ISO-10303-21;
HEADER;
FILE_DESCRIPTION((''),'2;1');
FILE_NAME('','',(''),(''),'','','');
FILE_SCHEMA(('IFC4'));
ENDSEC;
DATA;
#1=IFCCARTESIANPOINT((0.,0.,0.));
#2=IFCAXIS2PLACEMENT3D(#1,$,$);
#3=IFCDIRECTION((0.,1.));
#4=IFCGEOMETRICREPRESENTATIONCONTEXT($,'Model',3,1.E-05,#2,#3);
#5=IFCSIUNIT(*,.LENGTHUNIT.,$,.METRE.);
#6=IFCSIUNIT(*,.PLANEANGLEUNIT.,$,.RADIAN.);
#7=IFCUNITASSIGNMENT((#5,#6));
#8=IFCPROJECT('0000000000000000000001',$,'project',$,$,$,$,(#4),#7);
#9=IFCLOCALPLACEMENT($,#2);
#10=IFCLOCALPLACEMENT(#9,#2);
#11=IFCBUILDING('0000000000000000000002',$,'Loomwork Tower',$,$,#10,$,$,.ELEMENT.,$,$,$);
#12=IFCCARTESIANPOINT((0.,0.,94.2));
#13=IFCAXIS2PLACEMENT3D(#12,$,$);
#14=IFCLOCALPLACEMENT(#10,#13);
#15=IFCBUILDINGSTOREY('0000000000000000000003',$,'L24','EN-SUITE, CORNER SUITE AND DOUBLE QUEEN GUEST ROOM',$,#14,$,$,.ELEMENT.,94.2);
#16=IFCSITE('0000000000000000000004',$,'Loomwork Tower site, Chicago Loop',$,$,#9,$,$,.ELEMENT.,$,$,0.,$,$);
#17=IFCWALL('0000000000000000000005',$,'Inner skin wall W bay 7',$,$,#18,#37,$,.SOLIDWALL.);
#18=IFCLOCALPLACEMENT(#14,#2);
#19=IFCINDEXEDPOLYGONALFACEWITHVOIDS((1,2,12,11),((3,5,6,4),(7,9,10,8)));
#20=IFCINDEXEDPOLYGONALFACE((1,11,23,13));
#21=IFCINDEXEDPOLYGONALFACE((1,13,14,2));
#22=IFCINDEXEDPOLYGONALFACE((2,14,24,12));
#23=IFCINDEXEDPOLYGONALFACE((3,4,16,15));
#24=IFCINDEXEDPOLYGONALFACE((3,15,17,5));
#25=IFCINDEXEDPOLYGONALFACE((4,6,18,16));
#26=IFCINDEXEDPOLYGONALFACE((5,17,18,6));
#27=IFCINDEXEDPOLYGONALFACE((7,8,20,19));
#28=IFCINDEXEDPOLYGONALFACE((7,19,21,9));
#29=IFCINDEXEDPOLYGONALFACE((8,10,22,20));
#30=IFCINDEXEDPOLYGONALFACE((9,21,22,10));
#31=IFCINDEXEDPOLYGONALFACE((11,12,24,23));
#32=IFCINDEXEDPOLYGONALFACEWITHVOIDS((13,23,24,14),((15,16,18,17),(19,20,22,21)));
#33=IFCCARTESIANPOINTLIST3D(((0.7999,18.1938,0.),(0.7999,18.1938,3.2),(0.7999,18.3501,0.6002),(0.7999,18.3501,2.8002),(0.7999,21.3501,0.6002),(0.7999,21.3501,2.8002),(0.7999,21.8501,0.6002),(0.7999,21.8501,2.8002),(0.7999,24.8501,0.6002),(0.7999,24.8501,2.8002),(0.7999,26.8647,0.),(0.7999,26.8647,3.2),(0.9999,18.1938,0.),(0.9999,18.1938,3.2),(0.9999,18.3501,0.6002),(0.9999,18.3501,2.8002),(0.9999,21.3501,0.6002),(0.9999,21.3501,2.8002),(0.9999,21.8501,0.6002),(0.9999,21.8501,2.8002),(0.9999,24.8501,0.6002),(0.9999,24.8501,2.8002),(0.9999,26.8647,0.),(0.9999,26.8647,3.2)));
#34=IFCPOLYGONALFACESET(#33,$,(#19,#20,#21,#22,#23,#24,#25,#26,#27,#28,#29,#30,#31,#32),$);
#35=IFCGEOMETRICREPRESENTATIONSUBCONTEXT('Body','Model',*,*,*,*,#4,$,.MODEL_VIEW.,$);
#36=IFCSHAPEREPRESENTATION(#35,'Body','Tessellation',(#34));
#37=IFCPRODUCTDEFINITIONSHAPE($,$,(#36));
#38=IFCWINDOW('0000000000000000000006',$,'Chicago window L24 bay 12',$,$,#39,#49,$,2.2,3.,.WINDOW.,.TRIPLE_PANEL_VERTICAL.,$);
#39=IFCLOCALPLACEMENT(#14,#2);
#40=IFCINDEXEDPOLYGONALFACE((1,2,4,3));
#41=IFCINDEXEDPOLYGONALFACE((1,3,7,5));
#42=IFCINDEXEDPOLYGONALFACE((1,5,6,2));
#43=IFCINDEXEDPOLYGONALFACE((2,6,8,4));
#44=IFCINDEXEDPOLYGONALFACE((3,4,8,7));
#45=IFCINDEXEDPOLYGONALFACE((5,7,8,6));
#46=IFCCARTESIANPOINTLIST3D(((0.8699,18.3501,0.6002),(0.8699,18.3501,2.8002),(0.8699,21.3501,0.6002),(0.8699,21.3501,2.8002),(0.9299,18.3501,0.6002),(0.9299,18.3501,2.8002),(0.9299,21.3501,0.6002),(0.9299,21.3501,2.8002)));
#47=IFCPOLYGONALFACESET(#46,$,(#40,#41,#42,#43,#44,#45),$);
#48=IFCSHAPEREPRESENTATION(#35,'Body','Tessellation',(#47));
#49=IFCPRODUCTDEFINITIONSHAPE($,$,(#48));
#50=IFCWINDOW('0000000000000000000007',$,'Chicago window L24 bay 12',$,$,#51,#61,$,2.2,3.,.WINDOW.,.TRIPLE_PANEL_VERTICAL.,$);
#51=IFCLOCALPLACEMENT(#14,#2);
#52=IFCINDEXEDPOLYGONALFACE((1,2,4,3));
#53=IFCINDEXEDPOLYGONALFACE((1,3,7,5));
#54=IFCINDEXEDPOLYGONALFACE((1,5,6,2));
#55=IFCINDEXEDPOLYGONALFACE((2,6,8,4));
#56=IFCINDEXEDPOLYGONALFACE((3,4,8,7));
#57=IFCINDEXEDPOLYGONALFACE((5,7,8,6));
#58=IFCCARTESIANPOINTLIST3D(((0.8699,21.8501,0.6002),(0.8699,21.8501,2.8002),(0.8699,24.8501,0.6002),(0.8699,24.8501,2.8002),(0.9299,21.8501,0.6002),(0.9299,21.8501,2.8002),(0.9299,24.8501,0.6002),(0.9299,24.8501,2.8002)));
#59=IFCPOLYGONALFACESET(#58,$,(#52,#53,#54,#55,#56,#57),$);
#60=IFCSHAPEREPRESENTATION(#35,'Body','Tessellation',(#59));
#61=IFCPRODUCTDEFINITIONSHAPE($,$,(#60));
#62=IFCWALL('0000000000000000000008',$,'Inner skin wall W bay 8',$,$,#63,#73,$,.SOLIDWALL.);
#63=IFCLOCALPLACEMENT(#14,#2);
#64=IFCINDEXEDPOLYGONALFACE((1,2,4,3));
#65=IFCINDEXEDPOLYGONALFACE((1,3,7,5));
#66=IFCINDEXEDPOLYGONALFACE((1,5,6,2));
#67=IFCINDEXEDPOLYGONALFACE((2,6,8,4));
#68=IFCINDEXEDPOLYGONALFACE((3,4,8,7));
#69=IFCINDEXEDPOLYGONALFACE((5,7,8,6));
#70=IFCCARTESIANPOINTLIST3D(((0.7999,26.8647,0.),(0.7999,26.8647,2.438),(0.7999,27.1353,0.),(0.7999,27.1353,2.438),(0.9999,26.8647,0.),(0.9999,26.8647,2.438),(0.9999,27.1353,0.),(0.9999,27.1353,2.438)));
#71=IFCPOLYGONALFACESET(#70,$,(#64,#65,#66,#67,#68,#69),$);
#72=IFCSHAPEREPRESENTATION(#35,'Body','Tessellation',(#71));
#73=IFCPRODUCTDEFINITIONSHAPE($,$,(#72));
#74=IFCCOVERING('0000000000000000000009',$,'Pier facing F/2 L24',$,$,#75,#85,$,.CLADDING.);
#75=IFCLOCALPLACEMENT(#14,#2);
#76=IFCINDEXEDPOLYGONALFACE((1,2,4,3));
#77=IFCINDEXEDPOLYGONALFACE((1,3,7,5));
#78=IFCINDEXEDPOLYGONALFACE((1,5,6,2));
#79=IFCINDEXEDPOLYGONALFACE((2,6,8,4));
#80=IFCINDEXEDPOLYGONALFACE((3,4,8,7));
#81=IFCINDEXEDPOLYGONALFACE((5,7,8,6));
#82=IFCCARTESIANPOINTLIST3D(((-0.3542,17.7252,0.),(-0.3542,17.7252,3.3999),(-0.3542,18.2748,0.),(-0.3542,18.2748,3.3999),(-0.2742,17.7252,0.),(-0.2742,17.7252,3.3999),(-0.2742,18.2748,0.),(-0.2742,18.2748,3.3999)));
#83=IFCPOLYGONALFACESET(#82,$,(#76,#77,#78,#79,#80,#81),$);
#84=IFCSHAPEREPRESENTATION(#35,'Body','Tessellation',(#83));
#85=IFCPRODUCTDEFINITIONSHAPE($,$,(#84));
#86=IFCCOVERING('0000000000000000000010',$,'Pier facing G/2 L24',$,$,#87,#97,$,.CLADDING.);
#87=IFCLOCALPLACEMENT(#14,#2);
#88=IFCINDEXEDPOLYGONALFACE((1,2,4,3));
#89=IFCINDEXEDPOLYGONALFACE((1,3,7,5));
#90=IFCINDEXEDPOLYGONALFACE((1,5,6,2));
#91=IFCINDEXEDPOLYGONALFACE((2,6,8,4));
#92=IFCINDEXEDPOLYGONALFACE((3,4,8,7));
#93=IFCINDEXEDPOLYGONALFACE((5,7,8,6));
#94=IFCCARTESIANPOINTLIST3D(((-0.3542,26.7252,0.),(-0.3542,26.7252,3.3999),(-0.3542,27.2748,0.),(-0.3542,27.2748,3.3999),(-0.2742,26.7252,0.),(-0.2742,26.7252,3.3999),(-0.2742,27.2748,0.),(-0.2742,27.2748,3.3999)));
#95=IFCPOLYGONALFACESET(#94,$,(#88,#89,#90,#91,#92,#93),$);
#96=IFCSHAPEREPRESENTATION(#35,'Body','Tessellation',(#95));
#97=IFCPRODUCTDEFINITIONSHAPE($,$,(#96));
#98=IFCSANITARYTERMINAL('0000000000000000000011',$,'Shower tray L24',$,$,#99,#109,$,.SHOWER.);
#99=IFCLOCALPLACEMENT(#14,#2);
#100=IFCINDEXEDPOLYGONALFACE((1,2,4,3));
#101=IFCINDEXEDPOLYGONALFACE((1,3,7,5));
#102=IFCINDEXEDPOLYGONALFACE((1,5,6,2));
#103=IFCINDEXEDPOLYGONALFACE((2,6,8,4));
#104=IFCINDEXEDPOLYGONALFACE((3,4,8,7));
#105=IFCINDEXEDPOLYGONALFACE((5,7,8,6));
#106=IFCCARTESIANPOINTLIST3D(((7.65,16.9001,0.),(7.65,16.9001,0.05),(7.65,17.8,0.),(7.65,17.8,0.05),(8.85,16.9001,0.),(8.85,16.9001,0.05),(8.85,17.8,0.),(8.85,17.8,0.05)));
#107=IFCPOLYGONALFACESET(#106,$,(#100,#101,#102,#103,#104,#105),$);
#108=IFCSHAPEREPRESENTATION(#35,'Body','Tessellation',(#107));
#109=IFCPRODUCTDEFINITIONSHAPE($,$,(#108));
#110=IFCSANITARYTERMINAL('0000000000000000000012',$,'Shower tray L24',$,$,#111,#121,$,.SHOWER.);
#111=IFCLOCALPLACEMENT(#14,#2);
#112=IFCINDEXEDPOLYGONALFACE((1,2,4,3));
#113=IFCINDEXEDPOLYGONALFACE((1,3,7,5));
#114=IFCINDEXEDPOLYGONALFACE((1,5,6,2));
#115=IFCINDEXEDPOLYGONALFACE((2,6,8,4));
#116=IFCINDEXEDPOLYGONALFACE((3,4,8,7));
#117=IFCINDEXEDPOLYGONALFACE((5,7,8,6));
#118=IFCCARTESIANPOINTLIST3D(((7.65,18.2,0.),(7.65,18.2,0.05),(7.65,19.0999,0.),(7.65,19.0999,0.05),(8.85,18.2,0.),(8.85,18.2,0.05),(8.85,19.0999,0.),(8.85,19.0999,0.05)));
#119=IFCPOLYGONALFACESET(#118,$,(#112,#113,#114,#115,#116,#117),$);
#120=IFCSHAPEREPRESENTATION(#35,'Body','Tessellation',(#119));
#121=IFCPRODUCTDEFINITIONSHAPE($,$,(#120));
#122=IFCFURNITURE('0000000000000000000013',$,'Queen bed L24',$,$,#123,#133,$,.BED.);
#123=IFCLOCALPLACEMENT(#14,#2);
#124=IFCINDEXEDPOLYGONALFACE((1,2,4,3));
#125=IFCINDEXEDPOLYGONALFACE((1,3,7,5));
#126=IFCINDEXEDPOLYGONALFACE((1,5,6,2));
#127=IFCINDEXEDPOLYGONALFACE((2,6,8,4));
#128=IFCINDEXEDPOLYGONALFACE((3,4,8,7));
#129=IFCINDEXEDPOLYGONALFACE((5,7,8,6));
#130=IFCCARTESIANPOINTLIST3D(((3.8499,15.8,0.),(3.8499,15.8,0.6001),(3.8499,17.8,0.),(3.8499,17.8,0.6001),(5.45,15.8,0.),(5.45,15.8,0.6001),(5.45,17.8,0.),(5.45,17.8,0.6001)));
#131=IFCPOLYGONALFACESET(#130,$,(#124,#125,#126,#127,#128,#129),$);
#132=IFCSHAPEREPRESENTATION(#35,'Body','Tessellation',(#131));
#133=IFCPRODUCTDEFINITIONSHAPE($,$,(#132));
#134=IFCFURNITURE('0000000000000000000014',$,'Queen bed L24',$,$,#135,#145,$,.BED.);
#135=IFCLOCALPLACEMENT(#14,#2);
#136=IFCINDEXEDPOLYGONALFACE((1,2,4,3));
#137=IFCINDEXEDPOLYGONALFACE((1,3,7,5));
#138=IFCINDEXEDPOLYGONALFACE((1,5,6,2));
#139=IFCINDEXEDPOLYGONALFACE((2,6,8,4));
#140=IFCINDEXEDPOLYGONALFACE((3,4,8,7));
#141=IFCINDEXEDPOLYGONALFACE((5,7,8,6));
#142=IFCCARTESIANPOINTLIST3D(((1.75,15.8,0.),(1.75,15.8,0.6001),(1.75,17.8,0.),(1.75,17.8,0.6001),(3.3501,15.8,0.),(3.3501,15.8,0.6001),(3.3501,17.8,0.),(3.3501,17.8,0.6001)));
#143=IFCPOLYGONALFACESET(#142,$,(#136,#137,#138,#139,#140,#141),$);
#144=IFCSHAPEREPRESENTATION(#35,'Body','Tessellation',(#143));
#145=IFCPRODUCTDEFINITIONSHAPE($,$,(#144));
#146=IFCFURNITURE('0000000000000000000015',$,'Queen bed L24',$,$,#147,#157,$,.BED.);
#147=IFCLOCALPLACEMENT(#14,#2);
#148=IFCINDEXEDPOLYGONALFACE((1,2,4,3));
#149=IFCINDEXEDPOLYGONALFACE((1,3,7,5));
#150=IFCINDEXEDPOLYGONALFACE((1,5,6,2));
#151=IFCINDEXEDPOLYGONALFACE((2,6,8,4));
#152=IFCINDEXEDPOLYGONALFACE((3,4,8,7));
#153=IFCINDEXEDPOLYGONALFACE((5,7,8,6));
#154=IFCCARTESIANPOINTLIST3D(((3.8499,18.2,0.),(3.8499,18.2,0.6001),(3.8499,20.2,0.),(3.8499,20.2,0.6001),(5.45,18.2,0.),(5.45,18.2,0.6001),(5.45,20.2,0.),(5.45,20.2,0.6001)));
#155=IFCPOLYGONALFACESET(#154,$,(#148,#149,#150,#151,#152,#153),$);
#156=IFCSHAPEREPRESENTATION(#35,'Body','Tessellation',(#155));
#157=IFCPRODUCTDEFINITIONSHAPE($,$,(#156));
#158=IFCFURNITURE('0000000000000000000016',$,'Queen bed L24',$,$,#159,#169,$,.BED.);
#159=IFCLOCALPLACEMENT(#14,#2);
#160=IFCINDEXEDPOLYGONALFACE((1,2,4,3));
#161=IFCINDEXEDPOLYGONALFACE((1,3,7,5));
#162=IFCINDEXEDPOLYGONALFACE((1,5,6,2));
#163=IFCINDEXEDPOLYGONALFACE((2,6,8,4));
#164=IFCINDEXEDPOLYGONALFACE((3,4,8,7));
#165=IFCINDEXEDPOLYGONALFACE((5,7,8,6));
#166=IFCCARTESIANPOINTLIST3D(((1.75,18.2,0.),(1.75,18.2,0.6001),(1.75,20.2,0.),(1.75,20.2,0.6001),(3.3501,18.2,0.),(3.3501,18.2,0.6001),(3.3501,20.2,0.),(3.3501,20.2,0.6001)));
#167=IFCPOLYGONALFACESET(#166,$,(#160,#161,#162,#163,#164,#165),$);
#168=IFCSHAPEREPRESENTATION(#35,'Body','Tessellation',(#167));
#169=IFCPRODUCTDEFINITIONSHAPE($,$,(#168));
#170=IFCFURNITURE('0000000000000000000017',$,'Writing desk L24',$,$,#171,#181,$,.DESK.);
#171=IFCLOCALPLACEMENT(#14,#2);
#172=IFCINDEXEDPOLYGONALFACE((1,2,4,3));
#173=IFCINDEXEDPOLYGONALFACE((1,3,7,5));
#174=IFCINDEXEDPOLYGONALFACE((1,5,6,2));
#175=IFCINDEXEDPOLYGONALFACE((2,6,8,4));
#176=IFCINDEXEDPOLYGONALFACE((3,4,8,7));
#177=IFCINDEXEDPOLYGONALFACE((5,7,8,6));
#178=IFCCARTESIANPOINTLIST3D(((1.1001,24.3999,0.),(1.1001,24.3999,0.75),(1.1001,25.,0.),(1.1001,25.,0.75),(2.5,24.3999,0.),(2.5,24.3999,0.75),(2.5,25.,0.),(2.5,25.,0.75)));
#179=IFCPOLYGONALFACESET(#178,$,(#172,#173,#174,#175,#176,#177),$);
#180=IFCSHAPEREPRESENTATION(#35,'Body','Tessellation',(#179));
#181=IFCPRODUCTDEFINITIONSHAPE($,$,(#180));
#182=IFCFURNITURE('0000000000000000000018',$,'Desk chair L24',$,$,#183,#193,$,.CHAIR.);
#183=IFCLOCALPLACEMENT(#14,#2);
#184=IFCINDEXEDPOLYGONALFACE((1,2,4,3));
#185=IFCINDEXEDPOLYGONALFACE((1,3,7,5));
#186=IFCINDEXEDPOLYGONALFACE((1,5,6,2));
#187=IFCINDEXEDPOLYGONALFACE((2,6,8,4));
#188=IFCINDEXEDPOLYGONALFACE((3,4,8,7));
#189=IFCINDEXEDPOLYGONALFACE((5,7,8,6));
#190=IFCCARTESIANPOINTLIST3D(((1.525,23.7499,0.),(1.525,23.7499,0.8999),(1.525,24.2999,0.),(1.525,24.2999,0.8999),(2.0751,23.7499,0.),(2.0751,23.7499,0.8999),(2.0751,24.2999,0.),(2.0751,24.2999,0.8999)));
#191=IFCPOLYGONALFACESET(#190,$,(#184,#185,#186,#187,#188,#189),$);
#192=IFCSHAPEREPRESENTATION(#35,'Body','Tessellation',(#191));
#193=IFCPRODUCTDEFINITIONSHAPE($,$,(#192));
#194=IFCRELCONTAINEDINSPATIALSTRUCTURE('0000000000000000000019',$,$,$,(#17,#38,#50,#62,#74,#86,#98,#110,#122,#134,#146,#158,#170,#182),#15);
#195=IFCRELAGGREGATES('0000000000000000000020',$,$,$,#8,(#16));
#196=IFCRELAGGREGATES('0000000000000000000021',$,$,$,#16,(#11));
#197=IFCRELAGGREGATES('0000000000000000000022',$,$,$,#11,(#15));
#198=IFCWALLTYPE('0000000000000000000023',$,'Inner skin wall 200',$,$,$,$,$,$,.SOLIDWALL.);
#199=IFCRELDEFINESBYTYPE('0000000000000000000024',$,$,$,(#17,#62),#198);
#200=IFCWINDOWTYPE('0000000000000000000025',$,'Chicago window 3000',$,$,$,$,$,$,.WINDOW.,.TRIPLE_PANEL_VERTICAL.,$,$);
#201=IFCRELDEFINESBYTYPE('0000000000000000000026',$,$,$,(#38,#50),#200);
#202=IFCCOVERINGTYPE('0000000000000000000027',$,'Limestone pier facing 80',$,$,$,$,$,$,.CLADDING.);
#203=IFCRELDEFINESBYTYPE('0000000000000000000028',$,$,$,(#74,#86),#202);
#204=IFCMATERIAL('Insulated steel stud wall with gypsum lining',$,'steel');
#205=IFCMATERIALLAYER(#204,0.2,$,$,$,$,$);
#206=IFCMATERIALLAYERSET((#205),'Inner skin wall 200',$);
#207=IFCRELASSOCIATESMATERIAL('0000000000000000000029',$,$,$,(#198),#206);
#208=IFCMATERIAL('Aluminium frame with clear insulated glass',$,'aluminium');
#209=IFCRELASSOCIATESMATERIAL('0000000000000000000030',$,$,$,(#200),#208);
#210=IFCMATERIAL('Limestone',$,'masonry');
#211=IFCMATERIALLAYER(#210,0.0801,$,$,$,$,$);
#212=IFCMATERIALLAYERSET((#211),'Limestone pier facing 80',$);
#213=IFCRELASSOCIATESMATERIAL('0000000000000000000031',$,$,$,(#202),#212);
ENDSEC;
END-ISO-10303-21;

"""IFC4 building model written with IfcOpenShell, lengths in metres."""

from ifc_helpers import new_model, si_unit, direction, frame, frame_2d, origin, origin_2d, place, context, subcontext, project, spatial, rectangle, extrude, material, layer, layer_set, type_object, element, fill, save


model = new_model("IFC4")

# Units and contexts
model_context = context("Model", 3, precision=1e-05, world=origin(), true_north=direction((0.0, 1.0)))
body_context = subcontext(model_context, "Body", "Model", "MODEL_VIEW")
ifc_project = project(units=[si_unit("LENGTHUNIT", "METRE"), si_unit("PLANEANGLEUNIT", "RADIAN")], contexts=[model_context])

# Site, building, storey
site_placement = place(None, origin())
site = spatial("IfcSite", under=ifc_project, at=site_placement, Name="Loomwork Tower site, Chicago Loop", CompositionType="ELEMENT", RefElevation=0.0)
building_placement = place(site_placement, origin())
building = spatial("IfcBuilding", under=site, at=building_placement, Name="Loomwork Tower", CompositionType="ELEMENT")
storey_placement = place(building_placement, frame((0.0, 0.0, 94.2)))
storey = spatial("IfcBuildingStorey", under=building, at=storey_placement, Name="L24", Description="EN-SUITE, CORNER SUITE AND DOUBLE QUEEN GUEST ROOM", CompositionType="ELEMENT", Elevation=94.2)

# Shared definitions
ifc_material_1 = material(Name="Insulated steel stud wall with gypsum lining", Category="steel")
ifc_layer_1 = layer(ifc_material_1, 0.2)
ifc_layer_set_1 = layer_set([ifc_layer_1], Name="Inner skin wall 200")
wall_type_1 = type_object("IfcWallType", Name="Inner skin wall 200", PredefinedType="SOLIDWALL", material=ifc_layer_set_1)

# Wall, openings, windows
wall_1_placement = place(storey_placement, frame((0.8999, 18.1938, 0.0), z_axis=(0.0, 0.0, 1.0), x_axis=(0.0, 1.0, 0.0)))
wall_1 = element("IfcWall", 1, at=wall_1_placement, inside=storey, type_object=wall_type_1, Name="Inner skin wall W bay 7", PredefinedType="SOLIDWALL", context=body_context, shape_type="SweptSolid", body=[
    extrude(rectangle(XDim=8.6709, YDim=0.2, at=frame_2d((4.3354, 0.0))), origin(), (0.0, 0.0, 1.0), 3.2),
])
opening_1_placement = place(wall_1_placement, frame((0.1562, 0.0, 0.6001)))
opening_1 = element("IfcOpeningElement", 2, at=opening_1_placement, cuts=wall_1, PredefinedType="OPENING", context=body_context, shape_type="SweptSolid", body=[
    extrude(rectangle(XDim=3.0, YDim=2.2, at=frame_2d((1.5, 1.1001))), frame((0.0, 0.1099, 0.0), z_axis=(0.0, -1.0, 0.0), x_axis=(1.0, 0.0, 0.0)), (0.0, 0.0, 1.0), 0.22),
])
opening_2_placement = place(wall_1_placement, frame((3.6562, 0.0, 0.6001)))
opening_2 = element("IfcOpeningElement", 3, at=opening_2_placement, cuts=wall_1, PredefinedType="OPENING", context=body_context, shape_type="SweptSolid", body=[
    extrude(rectangle(XDim=3.0, YDim=2.2, at=frame_2d((1.5, 1.1001))), frame((0.0, 0.1099, 0.0), z_axis=(0.0, -1.0, 0.0), x_axis=(1.0, 0.0, 0.0)), (0.0, 0.0, 1.0), 0.22),
])
ifc_material_2 = material(Name="Aluminium frame with clear insulated glass", Category="aluminium")
window_type = type_object("IfcWindowType", Name="Chicago window 3000", PartitioningType="TRIPLE_PANEL_VERTICAL", PredefinedType="WINDOW", material=ifc_material_2)
window_1_placement = place(opening_1_placement, origin())
window_1 = element("IfcWindow", 4, at=window_1_placement, inside=storey, type_object=window_type, Name="Chicago window L24 bay 12", OverallHeight=2.2, OverallWidth=3.0, PartitioningType="TRIPLE_PANEL_VERTICAL", PredefinedType="WINDOW", context=body_context, shape_type="SweptSolid", body=[
    extrude(rectangle(XDim=3.0, YDim=2.2, at=frame_2d((1.5, 1.1001))), frame((0.0, 0.03, 0.0), z_axis=(0.0, -1.0, 0.0), x_axis=(1.0, 0.0, 0.0)), (0.0, 0.0, 1.0), 0.0601),
])
fill(opening_1, window_1)
window_2_placement = place(opening_2_placement, origin())
window_2 = element("IfcWindow", 5, at=window_2_placement, inside=storey, type_object=window_type, Name="Chicago window L24 bay 12", OverallHeight=2.2, OverallWidth=3.0, PartitioningType="TRIPLE_PANEL_VERTICAL", PredefinedType="WINDOW", context=body_context, shape_type="SweptSolid", body=[
    extrude(rectangle(XDim=3.0, YDim=2.2, at=frame_2d((1.5, 1.1001))), frame((0.0, 0.03, 0.0), z_axis=(0.0, -1.0, 0.0), x_axis=(1.0, 0.0, 0.0)), (0.0, 0.0, 1.0), 0.0601),
])
fill(opening_2, window_2)

# Wall
wall_2_placement = place(storey_placement, frame((0.8999, 26.8647, 0.0), z_axis=(0.0, 0.0, 1.0), x_axis=(0.0, 1.0, 0.0)))
element("IfcWall", 6, at=wall_2_placement, inside=storey, type_object=wall_type_1, Name="Inner skin wall W bay 8", PredefinedType="SOLIDWALL", context=body_context, shape_type="SweptSolid", body=[
    extrude(rectangle(XDim=0.2705, YDim=0.2, at=frame_2d((0.1353, 0.0))), origin(), (0.0, 0.0, 1.0), 2.438),
])

# Coverings
ifc_material_3 = material(Name="Limestone", Category="masonry")
ifc_layer_2 = layer(ifc_material_3, 0.0801)
ifc_layer_set_2 = layer_set([ifc_layer_2], Name="Limestone pier facing 80")
covering_type = type_object("IfcCoveringType", Name="Limestone pier facing 80", PredefinedType="CLADDING", material=ifc_layer_set_2)
for number, where, z_axis, x_axis, name in (
    (7, (-0.3142, 18.0, 0.0), (0.0, 0.0, 1.0), (1.0, 0.0, 0.0), "Pier facing F/2 L24"),
    (8, (-0.3142, 27.0, 0.0), (0.0, 0.0, 1.0), (1.0, 0.0, 0.0), "Pier facing G/2 L24"),
):
    element("IfcCovering", number, at=place(storey_placement, frame(where, z_axis=z_axis, x_axis=x_axis)), inside=storey, type_object=covering_type, Name=name, PredefinedType="CLADDING", context=body_context, shape_type="SweptSolid", body=[
        extrude(rectangle(XDim=0.0801, YDim=0.5496, at=origin_2d()), origin(), (0.0, 0.0, 1.0), 3.3999),
    ])

# Sanitary terminals
for number, where, z_axis, x_axis, name in (
    (9, (8.25, 17.3501, 0.0), (0.0, 0.0, 1.0), (1.0, 0.0, 0.0), "Shower tray L24"),
    (10, (8.25, 18.6499, 0.0), (0.0, 0.0, 1.0), (1.0, 0.0, 0.0), "Shower tray L24"),
):
    element("IfcSanitaryTerminal", number, at=place(storey_placement, frame(where, z_axis=z_axis, x_axis=x_axis)), inside=storey, Name=name, PredefinedType="SHOWER", context=body_context, shape_type="SweptSolid", body=[
        extrude(rectangle(XDim=1.2, YDim=0.8999, at=origin_2d()), origin(), (0.0, 0.0, 1.0), 0.05),
    ])

# Furniture
for number, where, z_axis, x_axis, name in (
    (11, (4.6499, 16.8, 0.0), (0.0, 0.0, 1.0), (1.0, 0.0, 0.0), "Queen bed L24"),
    (12, (2.55, 16.8, 0.0), (0.0, 0.0, 1.0), (1.0, 0.0, 0.0), "Queen bed L24"),
    (13, (4.6499, 19.2, 0.0), (0.0, 0.0, 1.0), (1.0, 0.0, 0.0), "Queen bed L24"),
    (14, (2.55, 19.2, 0.0), (0.0, 0.0, 1.0), (1.0, 0.0, 0.0), "Queen bed L24"),
):
    element("IfcFurniture", number, at=place(storey_placement, frame(where, z_axis=z_axis, x_axis=x_axis)), inside=storey, Name=name, PredefinedType="BED", context=body_context, shape_type="SweptSolid", body=[
        extrude(rectangle(XDim=1.6001, YDim=2.0, at=origin_2d()), origin(), (0.0, 0.0, 1.0), 0.6001),
    ])
furniture_1_placement = place(storey_placement, frame((1.8, 24.7, 0.0), z_axis=(0.0, 0.0, 1.0), x_axis=(1.0, 0.0, 0.0)))
element("IfcFurniture", 15, at=furniture_1_placement, inside=storey, Name="Writing desk L24", PredefinedType="DESK", context=body_context, shape_type="SweptSolid", body=[
    extrude(rectangle(XDim=1.3999, YDim=0.6001, at=origin_2d()), origin(), (0.0, 0.0, 1.0), 0.75),
])
furniture_2_placement = place(storey_placement, frame((1.8, 24.0249, 0.0), z_axis=(0.0, 0.0, 1.0), x_axis=(1.0, 0.0, 0.0)))
element("IfcFurniture", 16, at=furniture_2_placement, inside=storey, Name="Desk chair L24", PredefinedType="CHAIR", context=body_context, shape_type="SweptSolid", body=[
    extrude(rectangle(XDim=0.55, YDim=0.55, at=origin_2d()), origin(), (0.0, 0.0, 1.0), 0.8999),
])

save(model, "model.ifc")
